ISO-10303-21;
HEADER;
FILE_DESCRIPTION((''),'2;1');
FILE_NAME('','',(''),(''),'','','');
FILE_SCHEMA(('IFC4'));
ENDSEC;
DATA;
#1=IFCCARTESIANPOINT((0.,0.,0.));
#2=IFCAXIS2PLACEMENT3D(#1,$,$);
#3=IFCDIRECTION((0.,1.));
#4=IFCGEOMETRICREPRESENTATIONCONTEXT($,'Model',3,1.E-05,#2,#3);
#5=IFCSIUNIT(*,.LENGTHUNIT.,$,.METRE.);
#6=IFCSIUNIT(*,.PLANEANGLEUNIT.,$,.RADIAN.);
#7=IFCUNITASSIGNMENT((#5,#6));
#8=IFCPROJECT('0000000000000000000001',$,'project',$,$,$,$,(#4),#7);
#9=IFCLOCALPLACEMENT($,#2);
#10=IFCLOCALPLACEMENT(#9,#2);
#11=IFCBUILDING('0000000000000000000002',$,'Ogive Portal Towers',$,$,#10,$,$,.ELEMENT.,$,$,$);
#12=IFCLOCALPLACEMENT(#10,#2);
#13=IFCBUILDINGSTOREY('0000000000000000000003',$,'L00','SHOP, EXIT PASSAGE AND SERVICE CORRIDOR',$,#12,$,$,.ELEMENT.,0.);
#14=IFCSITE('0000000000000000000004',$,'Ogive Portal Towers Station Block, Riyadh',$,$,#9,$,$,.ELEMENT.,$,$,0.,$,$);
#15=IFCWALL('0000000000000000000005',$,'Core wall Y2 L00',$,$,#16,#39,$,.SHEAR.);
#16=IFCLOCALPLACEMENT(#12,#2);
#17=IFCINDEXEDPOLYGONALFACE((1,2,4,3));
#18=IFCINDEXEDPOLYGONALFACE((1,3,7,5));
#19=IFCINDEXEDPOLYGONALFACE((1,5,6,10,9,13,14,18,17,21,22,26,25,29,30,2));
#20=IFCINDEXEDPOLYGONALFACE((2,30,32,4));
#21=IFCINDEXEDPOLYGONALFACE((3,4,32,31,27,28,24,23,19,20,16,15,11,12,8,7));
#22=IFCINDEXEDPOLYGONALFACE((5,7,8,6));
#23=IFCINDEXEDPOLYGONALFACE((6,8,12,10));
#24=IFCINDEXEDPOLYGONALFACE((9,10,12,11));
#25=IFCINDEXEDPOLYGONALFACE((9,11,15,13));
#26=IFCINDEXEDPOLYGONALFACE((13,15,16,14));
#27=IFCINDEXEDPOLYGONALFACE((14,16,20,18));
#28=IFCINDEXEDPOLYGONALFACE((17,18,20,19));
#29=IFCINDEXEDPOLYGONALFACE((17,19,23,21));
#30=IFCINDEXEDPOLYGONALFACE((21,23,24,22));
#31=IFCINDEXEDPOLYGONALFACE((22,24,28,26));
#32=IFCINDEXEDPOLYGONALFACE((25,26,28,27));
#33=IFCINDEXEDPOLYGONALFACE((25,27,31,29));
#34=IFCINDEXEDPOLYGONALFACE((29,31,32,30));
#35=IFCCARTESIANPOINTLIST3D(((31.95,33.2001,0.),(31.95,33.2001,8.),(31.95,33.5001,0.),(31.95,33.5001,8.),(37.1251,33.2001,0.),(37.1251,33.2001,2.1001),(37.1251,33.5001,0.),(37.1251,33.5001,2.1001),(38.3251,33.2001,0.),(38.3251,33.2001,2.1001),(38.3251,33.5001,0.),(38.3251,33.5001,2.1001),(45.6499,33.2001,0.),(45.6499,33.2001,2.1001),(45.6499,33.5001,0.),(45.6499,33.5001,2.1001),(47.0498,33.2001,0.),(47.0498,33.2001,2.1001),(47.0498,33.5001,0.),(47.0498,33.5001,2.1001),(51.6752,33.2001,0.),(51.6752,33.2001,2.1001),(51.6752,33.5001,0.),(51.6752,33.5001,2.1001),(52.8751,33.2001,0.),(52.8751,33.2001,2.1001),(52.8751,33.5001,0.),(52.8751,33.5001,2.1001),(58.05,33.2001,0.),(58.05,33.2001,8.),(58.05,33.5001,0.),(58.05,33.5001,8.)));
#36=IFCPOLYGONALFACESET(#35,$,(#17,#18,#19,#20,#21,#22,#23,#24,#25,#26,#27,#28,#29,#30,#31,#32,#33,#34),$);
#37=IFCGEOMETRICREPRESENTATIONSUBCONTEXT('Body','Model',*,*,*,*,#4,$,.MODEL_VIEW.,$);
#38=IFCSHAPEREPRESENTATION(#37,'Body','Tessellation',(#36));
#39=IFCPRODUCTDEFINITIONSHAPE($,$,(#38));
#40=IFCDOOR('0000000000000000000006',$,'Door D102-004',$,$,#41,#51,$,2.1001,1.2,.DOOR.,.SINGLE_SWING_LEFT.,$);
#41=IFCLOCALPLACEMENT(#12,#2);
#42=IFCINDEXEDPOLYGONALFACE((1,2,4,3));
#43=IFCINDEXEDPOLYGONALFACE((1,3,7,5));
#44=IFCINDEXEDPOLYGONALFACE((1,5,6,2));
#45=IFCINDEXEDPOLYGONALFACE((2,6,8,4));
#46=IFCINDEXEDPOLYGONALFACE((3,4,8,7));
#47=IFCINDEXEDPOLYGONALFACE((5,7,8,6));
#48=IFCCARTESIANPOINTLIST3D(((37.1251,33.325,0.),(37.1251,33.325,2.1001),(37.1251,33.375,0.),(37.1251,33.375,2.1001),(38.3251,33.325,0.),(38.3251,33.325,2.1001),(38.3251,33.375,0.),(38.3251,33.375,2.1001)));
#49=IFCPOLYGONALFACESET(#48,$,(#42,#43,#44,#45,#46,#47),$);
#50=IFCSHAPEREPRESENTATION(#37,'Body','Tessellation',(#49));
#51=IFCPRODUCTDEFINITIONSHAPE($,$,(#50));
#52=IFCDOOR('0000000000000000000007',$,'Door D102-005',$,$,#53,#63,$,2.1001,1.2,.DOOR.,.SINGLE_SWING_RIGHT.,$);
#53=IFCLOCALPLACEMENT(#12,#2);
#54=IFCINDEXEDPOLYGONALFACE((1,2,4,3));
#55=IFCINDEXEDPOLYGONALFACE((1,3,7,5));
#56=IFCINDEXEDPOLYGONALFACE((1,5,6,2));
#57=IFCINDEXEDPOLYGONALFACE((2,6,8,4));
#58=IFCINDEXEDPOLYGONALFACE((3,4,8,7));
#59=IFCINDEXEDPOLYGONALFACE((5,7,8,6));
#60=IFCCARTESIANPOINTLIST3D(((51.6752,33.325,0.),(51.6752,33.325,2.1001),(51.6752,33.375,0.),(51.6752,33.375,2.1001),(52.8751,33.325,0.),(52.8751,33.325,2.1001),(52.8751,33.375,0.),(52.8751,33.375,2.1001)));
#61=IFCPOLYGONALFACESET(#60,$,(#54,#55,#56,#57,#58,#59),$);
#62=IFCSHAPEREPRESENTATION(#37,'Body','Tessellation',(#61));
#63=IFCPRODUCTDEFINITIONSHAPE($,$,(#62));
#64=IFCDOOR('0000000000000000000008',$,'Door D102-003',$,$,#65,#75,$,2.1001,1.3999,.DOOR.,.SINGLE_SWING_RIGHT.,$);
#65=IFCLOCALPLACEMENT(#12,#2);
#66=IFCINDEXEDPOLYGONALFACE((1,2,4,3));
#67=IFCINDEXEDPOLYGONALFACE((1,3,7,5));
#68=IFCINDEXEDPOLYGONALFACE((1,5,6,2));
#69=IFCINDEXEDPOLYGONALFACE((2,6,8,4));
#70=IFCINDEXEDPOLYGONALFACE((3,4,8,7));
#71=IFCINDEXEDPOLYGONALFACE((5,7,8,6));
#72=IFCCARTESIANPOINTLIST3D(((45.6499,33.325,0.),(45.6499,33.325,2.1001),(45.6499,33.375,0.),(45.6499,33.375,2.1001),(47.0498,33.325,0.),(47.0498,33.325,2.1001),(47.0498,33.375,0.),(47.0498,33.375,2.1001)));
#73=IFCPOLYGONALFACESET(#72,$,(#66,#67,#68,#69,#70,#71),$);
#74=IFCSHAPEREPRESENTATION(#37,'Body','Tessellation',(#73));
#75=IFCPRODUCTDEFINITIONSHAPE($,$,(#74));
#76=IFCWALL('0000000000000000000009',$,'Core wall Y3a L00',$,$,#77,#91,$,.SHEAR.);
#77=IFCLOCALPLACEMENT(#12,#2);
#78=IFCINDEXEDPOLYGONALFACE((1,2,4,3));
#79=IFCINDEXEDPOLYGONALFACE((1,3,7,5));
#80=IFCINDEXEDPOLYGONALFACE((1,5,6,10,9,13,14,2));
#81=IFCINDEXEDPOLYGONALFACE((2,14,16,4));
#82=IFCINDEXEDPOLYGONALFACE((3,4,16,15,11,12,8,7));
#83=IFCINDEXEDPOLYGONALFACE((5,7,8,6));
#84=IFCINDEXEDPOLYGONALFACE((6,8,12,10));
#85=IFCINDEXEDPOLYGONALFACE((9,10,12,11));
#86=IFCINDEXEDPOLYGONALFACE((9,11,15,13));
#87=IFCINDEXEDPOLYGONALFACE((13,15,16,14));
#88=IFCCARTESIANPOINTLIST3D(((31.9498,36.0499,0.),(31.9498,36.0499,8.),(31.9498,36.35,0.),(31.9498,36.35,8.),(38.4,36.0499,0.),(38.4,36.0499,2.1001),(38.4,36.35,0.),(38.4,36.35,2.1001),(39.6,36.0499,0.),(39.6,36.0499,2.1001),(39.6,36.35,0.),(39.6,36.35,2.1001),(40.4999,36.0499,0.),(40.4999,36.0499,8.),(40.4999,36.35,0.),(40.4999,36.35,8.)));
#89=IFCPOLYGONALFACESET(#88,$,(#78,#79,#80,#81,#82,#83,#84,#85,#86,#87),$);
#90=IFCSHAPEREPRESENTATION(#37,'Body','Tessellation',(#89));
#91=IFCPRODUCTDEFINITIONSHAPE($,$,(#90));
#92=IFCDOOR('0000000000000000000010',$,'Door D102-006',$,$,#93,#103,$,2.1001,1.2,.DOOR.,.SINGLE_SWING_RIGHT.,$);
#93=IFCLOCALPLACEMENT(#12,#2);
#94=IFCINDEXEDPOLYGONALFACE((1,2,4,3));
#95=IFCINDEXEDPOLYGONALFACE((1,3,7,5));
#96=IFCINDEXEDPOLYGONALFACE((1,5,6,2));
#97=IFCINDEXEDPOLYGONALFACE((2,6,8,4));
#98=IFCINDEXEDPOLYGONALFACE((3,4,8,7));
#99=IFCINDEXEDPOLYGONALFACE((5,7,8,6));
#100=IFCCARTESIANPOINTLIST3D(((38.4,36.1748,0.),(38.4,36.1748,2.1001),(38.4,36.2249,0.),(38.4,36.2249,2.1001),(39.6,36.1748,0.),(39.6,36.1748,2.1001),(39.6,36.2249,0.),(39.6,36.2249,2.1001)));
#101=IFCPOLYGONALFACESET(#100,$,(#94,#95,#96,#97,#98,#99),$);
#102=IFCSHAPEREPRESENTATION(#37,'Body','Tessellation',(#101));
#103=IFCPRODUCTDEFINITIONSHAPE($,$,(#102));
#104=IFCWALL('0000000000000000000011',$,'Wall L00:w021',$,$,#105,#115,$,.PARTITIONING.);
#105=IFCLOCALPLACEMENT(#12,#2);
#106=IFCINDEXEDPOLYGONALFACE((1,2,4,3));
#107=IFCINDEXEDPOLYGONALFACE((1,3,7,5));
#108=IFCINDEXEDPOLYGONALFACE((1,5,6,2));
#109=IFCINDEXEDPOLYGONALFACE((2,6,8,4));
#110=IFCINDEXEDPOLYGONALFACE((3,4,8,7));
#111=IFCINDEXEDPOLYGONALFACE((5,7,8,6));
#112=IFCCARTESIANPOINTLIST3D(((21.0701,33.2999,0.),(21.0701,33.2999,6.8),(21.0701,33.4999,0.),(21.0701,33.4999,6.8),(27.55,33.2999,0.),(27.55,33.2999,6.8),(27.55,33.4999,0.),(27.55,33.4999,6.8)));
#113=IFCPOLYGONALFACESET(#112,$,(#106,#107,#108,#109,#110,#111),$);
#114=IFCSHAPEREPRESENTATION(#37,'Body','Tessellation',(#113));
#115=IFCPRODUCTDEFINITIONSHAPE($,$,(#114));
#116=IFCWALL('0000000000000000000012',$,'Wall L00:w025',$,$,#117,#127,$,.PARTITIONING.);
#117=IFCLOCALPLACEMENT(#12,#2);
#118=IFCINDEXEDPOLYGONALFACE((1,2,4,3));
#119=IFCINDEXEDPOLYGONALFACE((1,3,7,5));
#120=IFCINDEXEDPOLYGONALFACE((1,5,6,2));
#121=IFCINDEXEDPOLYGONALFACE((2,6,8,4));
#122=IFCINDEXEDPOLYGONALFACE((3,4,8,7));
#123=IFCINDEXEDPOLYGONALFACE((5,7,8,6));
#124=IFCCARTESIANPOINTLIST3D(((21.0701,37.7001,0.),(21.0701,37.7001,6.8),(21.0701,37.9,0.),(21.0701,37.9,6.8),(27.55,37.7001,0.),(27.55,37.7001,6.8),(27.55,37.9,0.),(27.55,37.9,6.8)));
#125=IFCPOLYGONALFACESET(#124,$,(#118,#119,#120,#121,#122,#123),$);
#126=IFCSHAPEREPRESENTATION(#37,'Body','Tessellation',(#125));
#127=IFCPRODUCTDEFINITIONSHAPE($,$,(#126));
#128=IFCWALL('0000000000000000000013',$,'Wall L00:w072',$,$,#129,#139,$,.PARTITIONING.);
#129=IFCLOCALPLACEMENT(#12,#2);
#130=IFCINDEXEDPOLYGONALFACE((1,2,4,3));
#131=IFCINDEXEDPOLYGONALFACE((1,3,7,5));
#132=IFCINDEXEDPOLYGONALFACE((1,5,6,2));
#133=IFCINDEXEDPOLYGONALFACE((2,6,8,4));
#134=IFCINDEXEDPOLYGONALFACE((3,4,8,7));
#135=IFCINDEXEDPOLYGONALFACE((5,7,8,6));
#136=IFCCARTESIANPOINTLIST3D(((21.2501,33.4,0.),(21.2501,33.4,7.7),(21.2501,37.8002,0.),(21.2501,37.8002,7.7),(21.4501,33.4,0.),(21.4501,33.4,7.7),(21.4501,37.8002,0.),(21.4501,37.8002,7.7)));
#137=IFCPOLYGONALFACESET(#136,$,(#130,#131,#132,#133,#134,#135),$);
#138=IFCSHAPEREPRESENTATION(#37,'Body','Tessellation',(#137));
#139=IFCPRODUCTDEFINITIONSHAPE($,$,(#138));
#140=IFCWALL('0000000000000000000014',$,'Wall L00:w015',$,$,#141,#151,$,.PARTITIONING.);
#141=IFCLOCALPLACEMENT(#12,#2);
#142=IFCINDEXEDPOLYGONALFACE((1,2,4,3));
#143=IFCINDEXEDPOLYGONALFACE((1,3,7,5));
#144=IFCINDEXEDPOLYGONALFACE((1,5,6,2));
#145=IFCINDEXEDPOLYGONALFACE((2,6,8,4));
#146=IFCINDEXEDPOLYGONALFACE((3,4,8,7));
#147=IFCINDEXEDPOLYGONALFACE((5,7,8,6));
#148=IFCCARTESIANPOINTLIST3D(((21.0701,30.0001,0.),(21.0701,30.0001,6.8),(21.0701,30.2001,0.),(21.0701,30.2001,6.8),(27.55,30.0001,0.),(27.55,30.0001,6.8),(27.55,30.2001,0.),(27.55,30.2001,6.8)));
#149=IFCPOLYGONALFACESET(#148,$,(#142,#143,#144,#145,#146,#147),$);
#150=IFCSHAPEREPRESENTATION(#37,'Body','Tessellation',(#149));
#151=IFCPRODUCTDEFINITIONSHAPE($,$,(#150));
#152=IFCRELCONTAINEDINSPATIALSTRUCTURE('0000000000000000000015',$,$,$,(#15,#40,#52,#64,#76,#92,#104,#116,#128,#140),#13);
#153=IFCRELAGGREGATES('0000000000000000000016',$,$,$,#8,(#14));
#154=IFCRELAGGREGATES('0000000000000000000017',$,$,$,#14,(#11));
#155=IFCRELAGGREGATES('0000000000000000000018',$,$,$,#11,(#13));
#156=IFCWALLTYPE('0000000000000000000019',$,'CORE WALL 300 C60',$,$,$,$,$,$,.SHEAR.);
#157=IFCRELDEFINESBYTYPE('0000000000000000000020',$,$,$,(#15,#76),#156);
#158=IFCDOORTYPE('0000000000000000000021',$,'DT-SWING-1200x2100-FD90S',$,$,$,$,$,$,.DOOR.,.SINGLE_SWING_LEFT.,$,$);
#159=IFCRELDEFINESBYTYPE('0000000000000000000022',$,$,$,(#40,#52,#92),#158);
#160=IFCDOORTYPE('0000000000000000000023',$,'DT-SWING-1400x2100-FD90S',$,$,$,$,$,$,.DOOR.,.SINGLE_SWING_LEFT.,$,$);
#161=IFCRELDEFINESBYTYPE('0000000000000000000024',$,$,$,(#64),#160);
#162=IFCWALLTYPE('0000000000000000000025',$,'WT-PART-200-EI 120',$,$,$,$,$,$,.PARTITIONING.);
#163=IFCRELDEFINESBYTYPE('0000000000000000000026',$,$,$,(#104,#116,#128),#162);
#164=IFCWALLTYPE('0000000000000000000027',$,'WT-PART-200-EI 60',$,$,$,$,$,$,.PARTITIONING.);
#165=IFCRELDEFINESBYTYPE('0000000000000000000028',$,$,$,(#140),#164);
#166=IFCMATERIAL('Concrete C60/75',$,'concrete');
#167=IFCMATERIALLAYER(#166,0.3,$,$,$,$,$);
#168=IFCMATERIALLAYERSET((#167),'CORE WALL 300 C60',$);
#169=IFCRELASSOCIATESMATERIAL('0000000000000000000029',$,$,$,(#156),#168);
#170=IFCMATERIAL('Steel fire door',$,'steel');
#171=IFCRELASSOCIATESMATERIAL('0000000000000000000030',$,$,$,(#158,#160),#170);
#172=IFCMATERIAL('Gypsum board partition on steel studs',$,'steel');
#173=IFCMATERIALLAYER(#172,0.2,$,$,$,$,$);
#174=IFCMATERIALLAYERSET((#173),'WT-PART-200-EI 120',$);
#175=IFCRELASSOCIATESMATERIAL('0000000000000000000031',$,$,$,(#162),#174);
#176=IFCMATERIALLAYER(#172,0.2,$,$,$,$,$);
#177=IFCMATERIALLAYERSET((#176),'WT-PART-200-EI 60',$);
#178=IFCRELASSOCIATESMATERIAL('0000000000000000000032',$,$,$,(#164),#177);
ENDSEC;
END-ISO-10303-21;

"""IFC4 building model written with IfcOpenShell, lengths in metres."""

from ifc_helpers import new_model, si_unit, direction, frame, frame_2d, origin, place, context, subcontext, project, spatial, rectangle, extrude, material, layer, layer_set, type_object, element, fill, save


model = new_model("IFC4")

# Units and contexts
model_context = context("Model", 3, precision=1e-05, world=origin(), true_north=direction((0.0, 1.0)))
body_context = subcontext(model_context, "Body", "Model", "MODEL_VIEW")
ifc_project = project(units=[si_unit("LENGTHUNIT", "METRE"), si_unit("PLANEANGLEUNIT", "RADIAN")], contexts=[model_context])

# Site, building, storey
site_placement = place(None, origin())
site = spatial("IfcSite", under=ifc_project, at=site_placement, Name="Ogive Portal Towers Station Block, Riyadh", CompositionType="ELEMENT", RefElevation=0.0)
building_placement = place(site_placement, origin())
building = spatial("IfcBuilding", under=site, at=building_placement, Name="Ogive Portal Towers", CompositionType="ELEMENT")
storey_placement = place(building_placement, origin())
storey = spatial("IfcBuildingStorey", under=building, at=storey_placement, Name="L00", Description="SHOP, EXIT PASSAGE AND SERVICE CORRIDOR", CompositionType="ELEMENT", Elevation=0.0)

# Wall, openings, doors
ifc_material_1 = material(Name="Concrete C60/75", Category="concrete")
ifc_layer_1 = layer(ifc_material_1, 0.3)
ifc_layer_set_1 = layer_set([ifc_layer_1], Name="CORE WALL 300 C60")
wall_type_1 = type_object("IfcWallType", Name="CORE WALL 300 C60", PredefinedType="SHEAR", material=ifc_layer_set_1)
ifc_material_2 = material(Name="Steel fire door", Category="steel")
wall_1_placement = place(storey_placement, frame((31.95, 33.3501, 0.0), z_axis=(0.0, 0.0, 1.0), x_axis=(1.0, 0.0, 0.0)))
wall_1 = element("IfcWall", 1, at=wall_1_placement, inside=storey, type_object=wall_type_1, Name="Core wall Y2 L00", PredefinedType="SHEAR", context=body_context, shape_type="SweptSolid", body=[
    extrude(rectangle(XDim=26.1001, YDim=0.3, at=frame_2d((13.05, 0.0))), origin(), (0.0, 0.0, 1.0), 8.0),
])
opening_1_placement = place(wall_1_placement, frame((13.7, 0.0, 0.0)))
opening_1 = element("IfcOpeningElement", 2, at=opening_1_placement, cuts=wall_1, PredefinedType="OPENING", context=body_context, shape_type="SweptSolid", body=[
    extrude(rectangle(XDim=1.3999, YDim=2.1001, at=frame_2d((0.7, 1.05))), frame((0.0, 0.1602, 0.0), z_axis=(0.0, -1.0, 0.0), x_axis=(1.0, 0.0, 0.0)), (0.0, 0.0, 1.0), 0.3201),
])
opening_2_placement = place(wall_1_placement, frame((5.175, 0.0, 0.0)))
opening_2 = element("IfcOpeningElement", 3, at=opening_2_placement, cuts=wall_1, PredefinedType="OPENING", context=body_context, shape_type="SweptSolid", body=[
    extrude(rectangle(XDim=1.2, YDim=2.1001, at=frame_2d((0.6001, 1.05))), frame((0.0, 0.1602, 0.0), z_axis=(0.0, -1.0, 0.0), x_axis=(1.0, 0.0, 0.0)), (0.0, 0.0, 1.0), 0.3201),
])
opening_3_placement = place(wall_1_placement, frame((19.7251, 0.0, 0.0)))
opening_3 = element("IfcOpeningElement", 4, at=opening_3_placement, cuts=wall_1, PredefinedType="OPENING", context=body_context, shape_type="SweptSolid", body=[
    extrude(rectangle(XDim=1.2, YDim=2.1001, at=frame_2d((0.6001, 1.05))), frame((0.0, 0.1602, 0.0), z_axis=(0.0, -1.0, 0.0), x_axis=(1.0, 0.0, 0.0)), (0.0, 0.0, 1.0), 0.3201),
])
door_type_1 = type_object("IfcDoorType", Name="DT-SWING-1200x2100-FD90S", OperationType="SINGLE_SWING_LEFT", PredefinedType="DOOR", material=ifc_material_2)
door_1_placement = place(opening_2_placement, origin())
door_1 = element("IfcDoor", 5, at=door_1_placement, inside=storey, type_object=door_type_1, Name="Door D102-004", OperationType="SINGLE_SWING_LEFT", OverallHeight=2.1001, OverallWidth=1.2, PredefinedType="DOOR", context=body_context, shape_type="SweptSolid", body=[
    extrude(rectangle(XDim=1.2, YDim=2.1001, at=frame_2d((0.6001, 1.05))), frame((0.0, 0.0249, 0.0), z_axis=(0.0, -1.0, 0.0), x_axis=(1.0, 0.0, 0.0)), (0.0, 0.0, 1.0), 0.05),
])
fill(opening_2, door_1)
door_2_placement = place(opening_3_placement, origin())
door_2 = element("IfcDoor", 6, at=door_2_placement, inside=storey, type_object=door_type_1, Name="Door D102-005", OperationType="SINGLE_SWING_RIGHT", OverallHeight=2.1001, OverallWidth=1.2, PredefinedType="DOOR", context=body_context, shape_type="SweptSolid", body=[
    extrude(rectangle(XDim=1.2, YDim=2.1001, at=frame_2d((0.6001, 1.05))), frame((0.0, 0.0249, 0.0), z_axis=(0.0, -1.0, 0.0), x_axis=(1.0, 0.0, 0.0)), (0.0, 0.0, 1.0), 0.05),
])
fill(opening_3, door_2)
door_type_2 = type_object("IfcDoorType", Name="DT-SWING-1400x2100-FD90S", OperationType="SINGLE_SWING_LEFT", PredefinedType="DOOR", material=ifc_material_2)
door_3_placement = place(opening_1_placement, origin())
door_3 = element("IfcDoor", 7, at=door_3_placement, inside=storey, type_object=door_type_2, Name="Door D102-003", OperationType="SINGLE_SWING_RIGHT", OverallHeight=2.1001, OverallWidth=1.3999, PredefinedType="DOOR", context=body_context, shape_type="SweptSolid", body=[
    extrude(rectangle(XDim=1.3999, YDim=2.1001, at=frame_2d((0.7, 1.05))), frame((0.0, 0.0249, 0.0), z_axis=(0.0, -1.0, 0.0), x_axis=(1.0, 0.0, 0.0)), (0.0, 0.0, 1.0), 0.05),
])
fill(opening_1, door_3)

# Wall, opening, door
wall_2_placement = place(storey_placement, frame((31.95, 36.2, 0.0), z_axis=(0.0, 0.0, 1.0), x_axis=(1.0, 0.0, 0.0)))
wall_2 = element("IfcWall", 8, at=wall_2_placement, inside=storey, type_object=wall_type_1, Name="Core wall Y3a L00", PredefinedType="SHEAR", context=body_context, shape_type="SweptSolid", body=[
    extrude(rectangle(XDim=8.55, YDim=0.3, at=frame_2d((4.2749, 0.0))), origin(), (0.0, 0.0, 1.0), 8.0),
])
opening_4_placement = place(wall_2_placement, frame((6.45, 0.0, 0.0)))
opening_4 = element("IfcOpeningElement", 9, at=opening_4_placement, cuts=wall_2, PredefinedType="OPENING", context=body_context, shape_type="SweptSolid", body=[
    extrude(rectangle(XDim=1.2, YDim=2.1001, at=frame_2d((0.6001, 1.05))), frame((0.0, 0.1602, 0.0), z_axis=(0.0, -1.0, 0.0), x_axis=(1.0, 0.0, 0.0)), (0.0, 0.0, 1.0), 0.3201),
])
door_4_placement = place(opening_4_placement, origin())
door_4 = element("IfcDoor", 10, at=door_4_placement, inside=storey, type_object=door_type_1, Name="Door D102-006", OperationType="SINGLE_SWING_RIGHT", OverallHeight=2.1001, OverallWidth=1.2, PredefinedType="DOOR", context=body_context, shape_type="SweptSolid", body=[
    extrude(rectangle(XDim=1.2, YDim=2.1001, at=frame_2d((0.6001, 1.05))), frame((0.0, 0.0249, 0.0), z_axis=(0.0, -1.0, 0.0), x_axis=(1.0, 0.0, 0.0)), (0.0, 0.0, 1.0), 0.05),
])
fill(opening_4, door_4)

# Walls
ifc_material_3 = material(Name="Gypsum board partition on steel studs", Category="steel")
ifc_layer_2 = layer(ifc_material_3, 0.2)
ifc_layer_set_2 = layer_set([ifc_layer_2], Name="WT-PART-200-EI 120")
wall_type_2 = type_object("IfcWallType", Name="WT-PART-200-EI 120", PredefinedType="PARTITIONING", material=ifc_layer_set_2)
for number, where, z_axis, x_axis, name in (
    (11, (21.0701, 33.3999, 0.0), (0.0, 0.0, 1.0), (1.0, 0.0, 0.0), "Wall L00:w021"),
    (12, (21.0701, 37.8, 0.0), (0.0, 0.0, 1.0), (1.0, 0.0, 0.0), "Wall L00:w025"),
):
    element("IfcWall", number, at=place(storey_placement, frame(where, z_axis=z_axis, x_axis=x_axis)), inside=storey, type_object=wall_type_2, Name=name, PredefinedType="PARTITIONING", context=body_context, shape_type="SweptSolid", body=[
        extrude(rectangle(XDim=6.48, YDim=0.2, at=frame_2d((3.24, 0.0))), origin(), (0.0, 0.0, 1.0), 6.8),
    ])
wall_3_placement = place(storey_placement, frame((21.3501, 33.3999, 0.0), z_axis=(0.0, 0.0, 1.0), x_axis=(0.0, 1.0, 0.0)))
element("IfcWall", 13, at=wall_3_placement, inside=storey, type_object=wall_type_2, Name="Wall L00:w072", PredefinedType="PARTITIONING", context=body_context, shape_type="SweptSolid", body=[
    extrude(rectangle(XDim=4.4001, YDim=0.2, at=frame_2d((2.2002, 0.0))), origin(), (0.0, 0.0, 1.0), 7.7),
])
ifc_layer_3 = layer(ifc_material_3, 0.2)
ifc_layer_set_3 = layer_set([ifc_layer_3], Name="WT-PART-200-EI 60")
wall_type_3 = type_object("IfcWallType", Name="WT-PART-200-EI 60", PredefinedType="PARTITIONING", material=ifc_layer_set_3)
wall_4_placement = place(storey_placement, frame((21.0701, 30.1001, 0.0), z_axis=(0.0, 0.0, 1.0), x_axis=(1.0, 0.0, 0.0)))
element("IfcWall", 14, at=wall_4_placement, inside=storey, type_object=wall_type_3, Name="Wall L00:w015", PredefinedType="PARTITIONING", context=body_context, shape_type="SweptSolid", body=[
    extrude(rectangle(XDim=6.48, YDim=0.2, at=frame_2d((3.24, 0.0))), origin(), (0.0, 0.0, 1.0), 6.8),
])

save(model, "model.ifc")
